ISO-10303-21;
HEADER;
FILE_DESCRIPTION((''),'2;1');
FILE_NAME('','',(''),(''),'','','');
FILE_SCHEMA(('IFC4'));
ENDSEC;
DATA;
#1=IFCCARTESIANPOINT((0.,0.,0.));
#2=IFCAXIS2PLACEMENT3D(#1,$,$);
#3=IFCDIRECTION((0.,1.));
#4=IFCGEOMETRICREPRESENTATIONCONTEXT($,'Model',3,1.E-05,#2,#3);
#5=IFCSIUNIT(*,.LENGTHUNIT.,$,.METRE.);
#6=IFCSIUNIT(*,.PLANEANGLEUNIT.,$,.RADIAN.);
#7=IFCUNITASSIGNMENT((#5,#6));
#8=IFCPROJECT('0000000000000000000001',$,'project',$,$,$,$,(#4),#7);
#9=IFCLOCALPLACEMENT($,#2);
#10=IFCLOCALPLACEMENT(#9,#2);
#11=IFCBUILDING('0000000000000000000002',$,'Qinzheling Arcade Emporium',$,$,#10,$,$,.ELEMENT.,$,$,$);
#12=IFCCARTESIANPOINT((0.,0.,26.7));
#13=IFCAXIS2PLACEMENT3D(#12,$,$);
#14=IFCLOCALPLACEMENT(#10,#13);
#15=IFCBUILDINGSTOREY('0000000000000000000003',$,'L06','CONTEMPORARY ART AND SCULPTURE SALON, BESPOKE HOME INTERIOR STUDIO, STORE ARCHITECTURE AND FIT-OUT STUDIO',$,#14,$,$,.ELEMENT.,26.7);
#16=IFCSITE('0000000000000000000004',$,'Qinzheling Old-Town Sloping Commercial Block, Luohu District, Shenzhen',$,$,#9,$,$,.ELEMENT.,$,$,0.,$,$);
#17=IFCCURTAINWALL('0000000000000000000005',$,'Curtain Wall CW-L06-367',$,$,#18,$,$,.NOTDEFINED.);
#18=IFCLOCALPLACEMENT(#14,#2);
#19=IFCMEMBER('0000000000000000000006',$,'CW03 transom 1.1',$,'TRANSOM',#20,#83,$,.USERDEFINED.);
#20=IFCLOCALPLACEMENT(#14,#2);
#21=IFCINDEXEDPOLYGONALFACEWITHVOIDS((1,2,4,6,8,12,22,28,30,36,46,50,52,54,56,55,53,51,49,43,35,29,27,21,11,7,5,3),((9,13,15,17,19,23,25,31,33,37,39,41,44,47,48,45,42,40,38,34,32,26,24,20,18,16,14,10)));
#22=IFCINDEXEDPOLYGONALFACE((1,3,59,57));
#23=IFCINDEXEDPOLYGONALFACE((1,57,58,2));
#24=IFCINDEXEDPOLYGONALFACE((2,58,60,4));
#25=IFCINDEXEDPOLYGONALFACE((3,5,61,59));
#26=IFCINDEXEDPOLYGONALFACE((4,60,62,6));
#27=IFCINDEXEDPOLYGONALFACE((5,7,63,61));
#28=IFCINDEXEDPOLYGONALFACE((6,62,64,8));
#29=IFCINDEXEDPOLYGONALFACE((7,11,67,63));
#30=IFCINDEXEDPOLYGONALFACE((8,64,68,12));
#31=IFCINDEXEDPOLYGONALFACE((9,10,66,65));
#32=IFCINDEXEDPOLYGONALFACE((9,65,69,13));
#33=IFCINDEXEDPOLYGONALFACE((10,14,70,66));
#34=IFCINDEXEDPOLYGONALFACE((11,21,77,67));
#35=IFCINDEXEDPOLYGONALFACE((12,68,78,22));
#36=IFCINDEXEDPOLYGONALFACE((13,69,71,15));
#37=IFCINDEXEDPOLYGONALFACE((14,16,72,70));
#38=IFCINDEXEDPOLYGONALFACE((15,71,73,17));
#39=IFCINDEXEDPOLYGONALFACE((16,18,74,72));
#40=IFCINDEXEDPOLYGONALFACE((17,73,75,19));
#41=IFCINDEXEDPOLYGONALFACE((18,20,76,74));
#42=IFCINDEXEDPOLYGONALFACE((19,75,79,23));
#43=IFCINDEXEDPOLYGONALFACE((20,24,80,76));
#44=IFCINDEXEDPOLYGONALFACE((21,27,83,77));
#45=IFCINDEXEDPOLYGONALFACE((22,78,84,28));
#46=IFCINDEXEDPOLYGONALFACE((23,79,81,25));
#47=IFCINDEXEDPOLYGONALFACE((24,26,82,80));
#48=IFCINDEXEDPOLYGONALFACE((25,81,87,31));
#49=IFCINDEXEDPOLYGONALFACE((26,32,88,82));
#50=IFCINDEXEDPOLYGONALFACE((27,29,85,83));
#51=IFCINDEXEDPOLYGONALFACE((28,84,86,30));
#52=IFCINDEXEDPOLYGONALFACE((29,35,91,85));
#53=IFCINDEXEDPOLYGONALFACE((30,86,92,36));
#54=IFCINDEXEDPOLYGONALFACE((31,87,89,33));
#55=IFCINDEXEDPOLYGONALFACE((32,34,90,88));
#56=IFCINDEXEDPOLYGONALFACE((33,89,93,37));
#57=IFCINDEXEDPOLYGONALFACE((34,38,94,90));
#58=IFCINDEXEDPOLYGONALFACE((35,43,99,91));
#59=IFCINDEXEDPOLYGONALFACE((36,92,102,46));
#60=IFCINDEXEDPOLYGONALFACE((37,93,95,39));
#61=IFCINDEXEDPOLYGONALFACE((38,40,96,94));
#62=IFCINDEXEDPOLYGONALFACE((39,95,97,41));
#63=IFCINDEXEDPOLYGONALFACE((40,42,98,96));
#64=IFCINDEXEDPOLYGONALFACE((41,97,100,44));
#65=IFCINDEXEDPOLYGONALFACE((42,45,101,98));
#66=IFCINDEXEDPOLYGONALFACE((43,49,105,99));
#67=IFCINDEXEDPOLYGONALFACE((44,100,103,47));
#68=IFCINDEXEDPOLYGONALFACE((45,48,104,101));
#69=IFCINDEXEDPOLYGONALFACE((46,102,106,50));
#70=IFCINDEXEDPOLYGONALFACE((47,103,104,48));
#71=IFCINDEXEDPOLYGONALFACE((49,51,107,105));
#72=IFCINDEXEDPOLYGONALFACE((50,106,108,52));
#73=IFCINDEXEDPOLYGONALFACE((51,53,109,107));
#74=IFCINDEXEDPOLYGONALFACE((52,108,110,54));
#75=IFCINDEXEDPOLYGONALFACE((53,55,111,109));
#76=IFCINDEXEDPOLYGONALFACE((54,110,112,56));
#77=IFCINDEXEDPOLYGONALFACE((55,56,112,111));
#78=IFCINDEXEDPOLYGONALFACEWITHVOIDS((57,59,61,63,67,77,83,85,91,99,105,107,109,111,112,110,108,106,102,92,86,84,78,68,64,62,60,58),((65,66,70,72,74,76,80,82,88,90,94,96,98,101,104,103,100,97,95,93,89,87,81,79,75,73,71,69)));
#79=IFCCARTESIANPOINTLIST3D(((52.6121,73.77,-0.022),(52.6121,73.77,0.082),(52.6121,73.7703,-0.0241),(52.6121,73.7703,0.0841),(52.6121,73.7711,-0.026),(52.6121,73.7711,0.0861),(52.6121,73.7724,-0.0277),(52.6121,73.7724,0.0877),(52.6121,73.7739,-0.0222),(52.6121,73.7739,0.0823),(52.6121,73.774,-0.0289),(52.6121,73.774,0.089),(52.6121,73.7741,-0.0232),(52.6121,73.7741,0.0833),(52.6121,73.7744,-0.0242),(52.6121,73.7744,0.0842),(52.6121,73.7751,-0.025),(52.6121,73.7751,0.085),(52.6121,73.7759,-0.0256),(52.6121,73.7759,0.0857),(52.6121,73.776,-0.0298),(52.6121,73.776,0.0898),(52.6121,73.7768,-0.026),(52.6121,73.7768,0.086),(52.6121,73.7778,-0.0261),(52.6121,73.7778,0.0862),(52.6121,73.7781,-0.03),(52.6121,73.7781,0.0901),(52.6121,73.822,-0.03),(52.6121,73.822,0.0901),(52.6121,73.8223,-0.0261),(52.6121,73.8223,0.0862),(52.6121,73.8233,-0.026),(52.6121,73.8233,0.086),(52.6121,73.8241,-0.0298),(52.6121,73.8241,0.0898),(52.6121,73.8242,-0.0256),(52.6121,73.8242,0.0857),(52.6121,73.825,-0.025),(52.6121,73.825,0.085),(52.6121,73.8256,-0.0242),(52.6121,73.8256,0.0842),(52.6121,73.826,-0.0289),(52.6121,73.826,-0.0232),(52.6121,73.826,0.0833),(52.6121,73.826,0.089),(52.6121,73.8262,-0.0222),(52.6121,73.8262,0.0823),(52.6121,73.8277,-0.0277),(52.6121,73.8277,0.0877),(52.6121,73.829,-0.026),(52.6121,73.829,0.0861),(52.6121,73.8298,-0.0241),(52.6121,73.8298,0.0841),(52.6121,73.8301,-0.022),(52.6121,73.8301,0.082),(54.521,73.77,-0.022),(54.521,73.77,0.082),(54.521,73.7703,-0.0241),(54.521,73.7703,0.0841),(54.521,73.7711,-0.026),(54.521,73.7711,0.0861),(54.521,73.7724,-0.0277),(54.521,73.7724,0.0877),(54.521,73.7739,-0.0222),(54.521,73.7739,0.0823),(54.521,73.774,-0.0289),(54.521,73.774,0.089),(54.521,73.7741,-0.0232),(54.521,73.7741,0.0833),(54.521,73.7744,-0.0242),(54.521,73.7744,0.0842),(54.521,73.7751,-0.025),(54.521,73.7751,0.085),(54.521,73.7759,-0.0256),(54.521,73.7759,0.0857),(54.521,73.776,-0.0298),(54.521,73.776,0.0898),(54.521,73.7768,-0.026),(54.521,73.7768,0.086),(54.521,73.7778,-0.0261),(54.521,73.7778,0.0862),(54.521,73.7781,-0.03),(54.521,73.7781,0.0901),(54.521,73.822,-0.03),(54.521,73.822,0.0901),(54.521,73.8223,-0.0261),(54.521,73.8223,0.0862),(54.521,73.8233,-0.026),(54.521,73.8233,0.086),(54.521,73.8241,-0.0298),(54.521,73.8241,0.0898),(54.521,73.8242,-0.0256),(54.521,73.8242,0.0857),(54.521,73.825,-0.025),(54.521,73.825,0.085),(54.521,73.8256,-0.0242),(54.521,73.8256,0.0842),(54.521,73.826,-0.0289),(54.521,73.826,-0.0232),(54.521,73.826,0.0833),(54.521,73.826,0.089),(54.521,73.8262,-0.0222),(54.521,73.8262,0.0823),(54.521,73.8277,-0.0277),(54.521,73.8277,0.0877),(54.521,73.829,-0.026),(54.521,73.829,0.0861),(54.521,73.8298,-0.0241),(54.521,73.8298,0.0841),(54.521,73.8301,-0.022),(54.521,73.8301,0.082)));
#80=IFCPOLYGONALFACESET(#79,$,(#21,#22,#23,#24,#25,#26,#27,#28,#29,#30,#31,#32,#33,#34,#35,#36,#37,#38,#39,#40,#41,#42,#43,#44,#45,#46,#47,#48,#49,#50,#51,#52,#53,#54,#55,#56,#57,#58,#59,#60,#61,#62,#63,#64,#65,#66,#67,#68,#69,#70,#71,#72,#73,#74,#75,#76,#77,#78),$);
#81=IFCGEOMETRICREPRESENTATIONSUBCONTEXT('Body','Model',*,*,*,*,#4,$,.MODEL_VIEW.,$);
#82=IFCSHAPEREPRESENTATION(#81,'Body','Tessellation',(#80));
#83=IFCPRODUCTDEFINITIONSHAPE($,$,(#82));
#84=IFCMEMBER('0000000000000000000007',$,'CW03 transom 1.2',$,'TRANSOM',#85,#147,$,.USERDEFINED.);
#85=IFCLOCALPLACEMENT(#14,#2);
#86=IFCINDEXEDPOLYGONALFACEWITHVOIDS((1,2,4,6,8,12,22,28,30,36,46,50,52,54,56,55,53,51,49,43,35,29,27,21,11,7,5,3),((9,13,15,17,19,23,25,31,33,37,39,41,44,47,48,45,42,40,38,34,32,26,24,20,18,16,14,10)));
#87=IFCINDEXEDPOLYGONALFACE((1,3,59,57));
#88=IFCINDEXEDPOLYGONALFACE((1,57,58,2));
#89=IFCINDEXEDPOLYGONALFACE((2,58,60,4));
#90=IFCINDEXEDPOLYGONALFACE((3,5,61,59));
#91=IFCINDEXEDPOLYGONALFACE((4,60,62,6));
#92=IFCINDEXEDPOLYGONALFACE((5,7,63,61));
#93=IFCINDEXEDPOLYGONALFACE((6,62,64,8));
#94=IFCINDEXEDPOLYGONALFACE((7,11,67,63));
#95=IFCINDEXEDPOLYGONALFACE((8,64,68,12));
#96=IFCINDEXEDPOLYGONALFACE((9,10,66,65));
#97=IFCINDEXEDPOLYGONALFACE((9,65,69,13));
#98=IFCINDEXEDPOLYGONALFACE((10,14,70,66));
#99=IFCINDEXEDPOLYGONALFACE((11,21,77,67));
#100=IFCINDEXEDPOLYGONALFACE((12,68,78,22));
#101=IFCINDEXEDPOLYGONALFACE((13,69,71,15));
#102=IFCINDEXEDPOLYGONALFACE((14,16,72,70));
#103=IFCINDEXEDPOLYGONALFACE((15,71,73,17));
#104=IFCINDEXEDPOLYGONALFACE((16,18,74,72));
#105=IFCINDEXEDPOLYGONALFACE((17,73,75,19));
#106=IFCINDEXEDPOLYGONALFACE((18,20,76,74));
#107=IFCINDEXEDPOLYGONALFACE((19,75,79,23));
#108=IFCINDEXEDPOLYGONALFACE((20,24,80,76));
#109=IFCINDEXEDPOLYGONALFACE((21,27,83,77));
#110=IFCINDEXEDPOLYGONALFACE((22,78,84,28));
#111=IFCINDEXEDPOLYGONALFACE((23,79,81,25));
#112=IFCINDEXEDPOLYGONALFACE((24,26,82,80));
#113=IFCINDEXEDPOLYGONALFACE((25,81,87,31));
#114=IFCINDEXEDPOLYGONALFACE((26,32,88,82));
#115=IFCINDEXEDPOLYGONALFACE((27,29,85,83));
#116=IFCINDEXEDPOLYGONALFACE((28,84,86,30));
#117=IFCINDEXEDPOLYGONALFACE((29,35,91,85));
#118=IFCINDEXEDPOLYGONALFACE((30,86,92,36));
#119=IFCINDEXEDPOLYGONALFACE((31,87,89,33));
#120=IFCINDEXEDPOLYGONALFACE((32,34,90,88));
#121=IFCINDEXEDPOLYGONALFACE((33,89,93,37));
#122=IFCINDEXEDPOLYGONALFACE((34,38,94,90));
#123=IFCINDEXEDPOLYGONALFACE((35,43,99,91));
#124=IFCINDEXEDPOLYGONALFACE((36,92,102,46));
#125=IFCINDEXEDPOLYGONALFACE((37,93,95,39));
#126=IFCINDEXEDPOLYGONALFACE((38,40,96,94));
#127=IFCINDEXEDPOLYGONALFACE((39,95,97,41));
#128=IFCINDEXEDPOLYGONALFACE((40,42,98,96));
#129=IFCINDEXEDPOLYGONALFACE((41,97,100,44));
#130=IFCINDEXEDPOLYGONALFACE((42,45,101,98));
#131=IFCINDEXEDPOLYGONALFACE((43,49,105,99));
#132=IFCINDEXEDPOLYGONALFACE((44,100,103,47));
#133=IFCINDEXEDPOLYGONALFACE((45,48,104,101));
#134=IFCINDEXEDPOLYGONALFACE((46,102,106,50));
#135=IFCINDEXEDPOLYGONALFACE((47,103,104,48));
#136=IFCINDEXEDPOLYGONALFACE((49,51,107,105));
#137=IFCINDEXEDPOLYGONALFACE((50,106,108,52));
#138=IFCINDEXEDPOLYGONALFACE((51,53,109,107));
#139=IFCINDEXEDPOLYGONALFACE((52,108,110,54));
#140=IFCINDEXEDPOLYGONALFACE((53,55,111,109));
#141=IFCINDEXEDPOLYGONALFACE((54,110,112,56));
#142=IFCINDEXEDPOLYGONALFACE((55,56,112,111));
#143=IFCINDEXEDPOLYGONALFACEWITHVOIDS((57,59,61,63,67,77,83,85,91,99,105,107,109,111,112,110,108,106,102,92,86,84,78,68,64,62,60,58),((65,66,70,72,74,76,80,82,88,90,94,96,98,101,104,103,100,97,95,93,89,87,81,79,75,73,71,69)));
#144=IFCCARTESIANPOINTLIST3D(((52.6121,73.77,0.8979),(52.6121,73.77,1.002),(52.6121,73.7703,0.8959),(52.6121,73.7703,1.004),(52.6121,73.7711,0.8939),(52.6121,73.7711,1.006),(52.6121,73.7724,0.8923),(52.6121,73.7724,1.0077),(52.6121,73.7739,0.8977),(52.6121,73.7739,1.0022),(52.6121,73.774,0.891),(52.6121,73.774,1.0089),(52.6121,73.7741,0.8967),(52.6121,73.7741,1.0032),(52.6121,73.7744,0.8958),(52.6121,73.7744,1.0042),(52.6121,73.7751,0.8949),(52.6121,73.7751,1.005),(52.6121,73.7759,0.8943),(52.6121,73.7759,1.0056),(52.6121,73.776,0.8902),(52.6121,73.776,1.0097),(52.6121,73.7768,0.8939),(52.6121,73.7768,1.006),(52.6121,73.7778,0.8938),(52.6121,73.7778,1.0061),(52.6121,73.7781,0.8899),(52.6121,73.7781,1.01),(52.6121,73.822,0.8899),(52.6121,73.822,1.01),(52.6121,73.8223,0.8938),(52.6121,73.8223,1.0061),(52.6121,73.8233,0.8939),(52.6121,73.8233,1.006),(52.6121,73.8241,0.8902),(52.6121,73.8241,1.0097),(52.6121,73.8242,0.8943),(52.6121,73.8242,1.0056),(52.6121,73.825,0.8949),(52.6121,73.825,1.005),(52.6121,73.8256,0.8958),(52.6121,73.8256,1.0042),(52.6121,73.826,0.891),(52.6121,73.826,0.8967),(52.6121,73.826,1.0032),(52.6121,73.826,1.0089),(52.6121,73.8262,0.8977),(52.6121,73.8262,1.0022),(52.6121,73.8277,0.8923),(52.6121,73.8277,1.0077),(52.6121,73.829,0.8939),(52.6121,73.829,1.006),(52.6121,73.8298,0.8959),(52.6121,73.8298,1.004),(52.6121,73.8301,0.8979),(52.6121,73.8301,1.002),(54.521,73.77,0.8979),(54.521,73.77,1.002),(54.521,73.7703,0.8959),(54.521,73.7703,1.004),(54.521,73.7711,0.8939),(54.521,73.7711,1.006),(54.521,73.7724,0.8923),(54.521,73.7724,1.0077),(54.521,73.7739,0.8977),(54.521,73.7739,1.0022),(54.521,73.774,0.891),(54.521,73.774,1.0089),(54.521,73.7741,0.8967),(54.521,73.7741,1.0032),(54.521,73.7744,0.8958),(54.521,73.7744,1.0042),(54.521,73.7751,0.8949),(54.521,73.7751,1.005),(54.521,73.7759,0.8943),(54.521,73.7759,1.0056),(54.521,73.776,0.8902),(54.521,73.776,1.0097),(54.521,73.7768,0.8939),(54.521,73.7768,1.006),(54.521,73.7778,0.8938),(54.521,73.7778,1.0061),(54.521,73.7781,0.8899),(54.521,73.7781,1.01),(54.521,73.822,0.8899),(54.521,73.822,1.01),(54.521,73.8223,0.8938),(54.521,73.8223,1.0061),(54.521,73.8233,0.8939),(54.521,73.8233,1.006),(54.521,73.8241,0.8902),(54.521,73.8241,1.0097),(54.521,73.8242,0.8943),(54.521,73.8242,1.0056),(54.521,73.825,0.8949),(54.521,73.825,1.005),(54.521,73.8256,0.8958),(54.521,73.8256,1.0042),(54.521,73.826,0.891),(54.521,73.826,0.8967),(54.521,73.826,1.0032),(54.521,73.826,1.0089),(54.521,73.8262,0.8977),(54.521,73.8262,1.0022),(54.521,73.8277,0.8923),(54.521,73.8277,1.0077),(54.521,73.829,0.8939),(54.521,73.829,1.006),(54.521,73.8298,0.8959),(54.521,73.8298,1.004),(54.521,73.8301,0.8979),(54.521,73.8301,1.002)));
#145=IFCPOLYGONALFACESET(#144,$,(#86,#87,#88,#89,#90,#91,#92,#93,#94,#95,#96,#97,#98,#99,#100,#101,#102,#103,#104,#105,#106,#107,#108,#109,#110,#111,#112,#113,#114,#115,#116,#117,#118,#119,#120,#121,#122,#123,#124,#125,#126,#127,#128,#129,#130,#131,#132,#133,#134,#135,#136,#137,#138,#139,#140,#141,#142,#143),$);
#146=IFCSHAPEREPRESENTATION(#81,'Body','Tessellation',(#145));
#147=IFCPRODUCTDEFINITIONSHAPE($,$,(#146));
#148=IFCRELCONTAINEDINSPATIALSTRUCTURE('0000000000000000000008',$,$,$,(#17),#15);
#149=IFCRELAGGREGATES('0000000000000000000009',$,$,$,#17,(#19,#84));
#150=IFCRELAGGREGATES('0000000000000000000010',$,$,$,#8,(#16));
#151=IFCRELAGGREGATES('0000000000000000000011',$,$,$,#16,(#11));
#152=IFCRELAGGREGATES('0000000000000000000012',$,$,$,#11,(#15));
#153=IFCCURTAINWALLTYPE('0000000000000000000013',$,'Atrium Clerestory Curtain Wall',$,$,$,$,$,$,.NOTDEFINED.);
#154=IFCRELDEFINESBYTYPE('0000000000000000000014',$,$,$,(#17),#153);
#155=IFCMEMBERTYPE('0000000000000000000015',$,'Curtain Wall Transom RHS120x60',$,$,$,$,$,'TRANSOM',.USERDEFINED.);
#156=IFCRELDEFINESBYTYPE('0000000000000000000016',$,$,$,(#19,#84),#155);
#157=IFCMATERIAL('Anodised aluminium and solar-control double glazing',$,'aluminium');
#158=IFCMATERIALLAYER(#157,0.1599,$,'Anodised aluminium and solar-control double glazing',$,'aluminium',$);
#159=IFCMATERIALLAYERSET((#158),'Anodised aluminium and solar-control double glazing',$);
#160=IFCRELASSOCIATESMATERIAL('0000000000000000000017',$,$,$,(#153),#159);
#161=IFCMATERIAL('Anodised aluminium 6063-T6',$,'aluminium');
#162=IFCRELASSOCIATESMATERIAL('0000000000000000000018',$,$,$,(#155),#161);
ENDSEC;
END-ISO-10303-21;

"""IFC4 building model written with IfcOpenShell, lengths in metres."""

from ifc_helpers import new_model, si_unit, direction, frame, origin, origin_2d, place, context, subcontext, project, spatial, hollow_rectangle, extrude, material, layer, layer_set, material_profile, profile_set, type_object, element, aggregate, save


model = new_model("IFC4")

# Units and contexts
model_context = context("Model", 3, precision=1e-05, world=origin(), true_north=direction((0.0, 1.0)))
body_context = subcontext(model_context, "Body", "Model", "MODEL_VIEW")
ifc_project = project(units=[si_unit("LENGTHUNIT", "METRE"), si_unit("PLANEANGLEUNIT", "RADIAN")], contexts=[model_context])

# Site, building, storey
site_placement = place(None, origin())
site = spatial("IfcSite", under=ifc_project, at=site_placement, Name="Qinzheling Old-Town Sloping Commercial Block, Luohu District, Shenzhen", CompositionType="ELEMENT", RefElevation=0.0)
building_placement = place(site_placement, origin())
building = spatial("IfcBuilding", under=site, at=building_placement, Name="Qinzheling Arcade Emporium", CompositionType="ELEMENT")
storey_placement = place(building_placement, frame((0.0, 0.0, 26.7)))
storey = spatial("IfcBuildingStorey", under=building, at=storey_placement, Name="L06", Description="CONTEMPORARY ART AND SCULPTURE SALON, BESPOKE HOME INTERIOR STUDIO, STORE ARCHITECTURE AND FIT-OUT STUDIO", CompositionType="ELEMENT", Elevation=26.7)

# Curtain wall
ifc_material_1 = material(Name="Anodised aluminium and solar-control double glazing", Category="aluminium")
ifc_layer_1 = layer(ifc_material_1, 0.1599, Name="Anodised aluminium and solar-control double glazing", Category="aluminium")
ifc_layer_set_1 = layer_set([ifc_layer_1], Name="Anodised aluminium and solar-control double glazing")
curtain_wall_type = type_object("IfcCurtainWallType", Name="Atrium Clerestory Curtain Wall", PredefinedType="NOTDEFINED", material=ifc_layer_set_1)
ifc_material_2 = material(Name="Anodised aluminium 6063-T6", Category="aluminium")
curtain_wall_1_placement = place(storey_placement, origin())
curtain_wall_1 = element("IfcCurtainWall", 1, at=curtain_wall_1_placement, inside=storey, type_object=curtain_wall_type, Name="Curtain Wall CW-L06-367", PredefinedType="NOTDEFINED")

# Members
ifc_material_profile_1 = material_profile(ifc_material_2, hollow_rectangle(XDim=0.0601, YDim=0.1201, WallThickness=0.0039, InnerFilletRadius=0.0039, OuterFilletRadius=0.0081, at=origin_2d()), Name="RHS 120x60x4", Category="aluminium")
ifc_profile_set_1 = profile_set([ifc_material_profile_1], Name="Anodised aluminium 6063-T6")
member_type_1 = type_object("IfcMemberType", Name="Curtain Wall Transom RHS120x60", ElementType="TRANSOM", PredefinedType="USERDEFINED", material=ifc_profile_set_1)
member_1_placement = place(storey_placement, frame((52.6121, 73.8, 0.03), z_axis=(1.0, 0.0, 0.0), x_axis=(0.0, 1.0, 0.0)))
member_1 = element("IfcMember", 2, at=member_1_placement, type_object=member_type_1, Name="CW03 transom 1.1", ObjectType="TRANSOM", PredefinedType="USERDEFINED", context=body_context, shape_type="SweptSolid", body=[
    extrude(hollow_rectangle(XDim=0.0601, YDim=0.1201, WallThickness=0.0039, InnerFilletRadius=0.0039, OuterFilletRadius=0.0081, at=origin_2d()), origin(), (0.0, 0.0, 1.0), 1.9089),
])
member_2_placement = place(storey_placement, frame((52.6121, 73.8, 0.95), z_axis=(1.0, 0.0, 0.0), x_axis=(0.0, 1.0, 0.0)))
member_2 = element("IfcMember", 3, at=member_2_placement, type_object=member_type_1, Name="CW03 transom 1.2", ObjectType="TRANSOM", PredefinedType="USERDEFINED", context=body_context, shape_type="SweptSolid", body=[
    extrude(hollow_rectangle(XDim=0.0601, YDim=0.1201, WallThickness=0.0039, InnerFilletRadius=0.0039, OuterFilletRadius=0.0081, at=origin_2d()), origin(), (0.0, 0.0, 1.0), 1.9089),
])

aggregate(curtain_wall_1, [member_1, member_2])

save(model, "model.ifc")
